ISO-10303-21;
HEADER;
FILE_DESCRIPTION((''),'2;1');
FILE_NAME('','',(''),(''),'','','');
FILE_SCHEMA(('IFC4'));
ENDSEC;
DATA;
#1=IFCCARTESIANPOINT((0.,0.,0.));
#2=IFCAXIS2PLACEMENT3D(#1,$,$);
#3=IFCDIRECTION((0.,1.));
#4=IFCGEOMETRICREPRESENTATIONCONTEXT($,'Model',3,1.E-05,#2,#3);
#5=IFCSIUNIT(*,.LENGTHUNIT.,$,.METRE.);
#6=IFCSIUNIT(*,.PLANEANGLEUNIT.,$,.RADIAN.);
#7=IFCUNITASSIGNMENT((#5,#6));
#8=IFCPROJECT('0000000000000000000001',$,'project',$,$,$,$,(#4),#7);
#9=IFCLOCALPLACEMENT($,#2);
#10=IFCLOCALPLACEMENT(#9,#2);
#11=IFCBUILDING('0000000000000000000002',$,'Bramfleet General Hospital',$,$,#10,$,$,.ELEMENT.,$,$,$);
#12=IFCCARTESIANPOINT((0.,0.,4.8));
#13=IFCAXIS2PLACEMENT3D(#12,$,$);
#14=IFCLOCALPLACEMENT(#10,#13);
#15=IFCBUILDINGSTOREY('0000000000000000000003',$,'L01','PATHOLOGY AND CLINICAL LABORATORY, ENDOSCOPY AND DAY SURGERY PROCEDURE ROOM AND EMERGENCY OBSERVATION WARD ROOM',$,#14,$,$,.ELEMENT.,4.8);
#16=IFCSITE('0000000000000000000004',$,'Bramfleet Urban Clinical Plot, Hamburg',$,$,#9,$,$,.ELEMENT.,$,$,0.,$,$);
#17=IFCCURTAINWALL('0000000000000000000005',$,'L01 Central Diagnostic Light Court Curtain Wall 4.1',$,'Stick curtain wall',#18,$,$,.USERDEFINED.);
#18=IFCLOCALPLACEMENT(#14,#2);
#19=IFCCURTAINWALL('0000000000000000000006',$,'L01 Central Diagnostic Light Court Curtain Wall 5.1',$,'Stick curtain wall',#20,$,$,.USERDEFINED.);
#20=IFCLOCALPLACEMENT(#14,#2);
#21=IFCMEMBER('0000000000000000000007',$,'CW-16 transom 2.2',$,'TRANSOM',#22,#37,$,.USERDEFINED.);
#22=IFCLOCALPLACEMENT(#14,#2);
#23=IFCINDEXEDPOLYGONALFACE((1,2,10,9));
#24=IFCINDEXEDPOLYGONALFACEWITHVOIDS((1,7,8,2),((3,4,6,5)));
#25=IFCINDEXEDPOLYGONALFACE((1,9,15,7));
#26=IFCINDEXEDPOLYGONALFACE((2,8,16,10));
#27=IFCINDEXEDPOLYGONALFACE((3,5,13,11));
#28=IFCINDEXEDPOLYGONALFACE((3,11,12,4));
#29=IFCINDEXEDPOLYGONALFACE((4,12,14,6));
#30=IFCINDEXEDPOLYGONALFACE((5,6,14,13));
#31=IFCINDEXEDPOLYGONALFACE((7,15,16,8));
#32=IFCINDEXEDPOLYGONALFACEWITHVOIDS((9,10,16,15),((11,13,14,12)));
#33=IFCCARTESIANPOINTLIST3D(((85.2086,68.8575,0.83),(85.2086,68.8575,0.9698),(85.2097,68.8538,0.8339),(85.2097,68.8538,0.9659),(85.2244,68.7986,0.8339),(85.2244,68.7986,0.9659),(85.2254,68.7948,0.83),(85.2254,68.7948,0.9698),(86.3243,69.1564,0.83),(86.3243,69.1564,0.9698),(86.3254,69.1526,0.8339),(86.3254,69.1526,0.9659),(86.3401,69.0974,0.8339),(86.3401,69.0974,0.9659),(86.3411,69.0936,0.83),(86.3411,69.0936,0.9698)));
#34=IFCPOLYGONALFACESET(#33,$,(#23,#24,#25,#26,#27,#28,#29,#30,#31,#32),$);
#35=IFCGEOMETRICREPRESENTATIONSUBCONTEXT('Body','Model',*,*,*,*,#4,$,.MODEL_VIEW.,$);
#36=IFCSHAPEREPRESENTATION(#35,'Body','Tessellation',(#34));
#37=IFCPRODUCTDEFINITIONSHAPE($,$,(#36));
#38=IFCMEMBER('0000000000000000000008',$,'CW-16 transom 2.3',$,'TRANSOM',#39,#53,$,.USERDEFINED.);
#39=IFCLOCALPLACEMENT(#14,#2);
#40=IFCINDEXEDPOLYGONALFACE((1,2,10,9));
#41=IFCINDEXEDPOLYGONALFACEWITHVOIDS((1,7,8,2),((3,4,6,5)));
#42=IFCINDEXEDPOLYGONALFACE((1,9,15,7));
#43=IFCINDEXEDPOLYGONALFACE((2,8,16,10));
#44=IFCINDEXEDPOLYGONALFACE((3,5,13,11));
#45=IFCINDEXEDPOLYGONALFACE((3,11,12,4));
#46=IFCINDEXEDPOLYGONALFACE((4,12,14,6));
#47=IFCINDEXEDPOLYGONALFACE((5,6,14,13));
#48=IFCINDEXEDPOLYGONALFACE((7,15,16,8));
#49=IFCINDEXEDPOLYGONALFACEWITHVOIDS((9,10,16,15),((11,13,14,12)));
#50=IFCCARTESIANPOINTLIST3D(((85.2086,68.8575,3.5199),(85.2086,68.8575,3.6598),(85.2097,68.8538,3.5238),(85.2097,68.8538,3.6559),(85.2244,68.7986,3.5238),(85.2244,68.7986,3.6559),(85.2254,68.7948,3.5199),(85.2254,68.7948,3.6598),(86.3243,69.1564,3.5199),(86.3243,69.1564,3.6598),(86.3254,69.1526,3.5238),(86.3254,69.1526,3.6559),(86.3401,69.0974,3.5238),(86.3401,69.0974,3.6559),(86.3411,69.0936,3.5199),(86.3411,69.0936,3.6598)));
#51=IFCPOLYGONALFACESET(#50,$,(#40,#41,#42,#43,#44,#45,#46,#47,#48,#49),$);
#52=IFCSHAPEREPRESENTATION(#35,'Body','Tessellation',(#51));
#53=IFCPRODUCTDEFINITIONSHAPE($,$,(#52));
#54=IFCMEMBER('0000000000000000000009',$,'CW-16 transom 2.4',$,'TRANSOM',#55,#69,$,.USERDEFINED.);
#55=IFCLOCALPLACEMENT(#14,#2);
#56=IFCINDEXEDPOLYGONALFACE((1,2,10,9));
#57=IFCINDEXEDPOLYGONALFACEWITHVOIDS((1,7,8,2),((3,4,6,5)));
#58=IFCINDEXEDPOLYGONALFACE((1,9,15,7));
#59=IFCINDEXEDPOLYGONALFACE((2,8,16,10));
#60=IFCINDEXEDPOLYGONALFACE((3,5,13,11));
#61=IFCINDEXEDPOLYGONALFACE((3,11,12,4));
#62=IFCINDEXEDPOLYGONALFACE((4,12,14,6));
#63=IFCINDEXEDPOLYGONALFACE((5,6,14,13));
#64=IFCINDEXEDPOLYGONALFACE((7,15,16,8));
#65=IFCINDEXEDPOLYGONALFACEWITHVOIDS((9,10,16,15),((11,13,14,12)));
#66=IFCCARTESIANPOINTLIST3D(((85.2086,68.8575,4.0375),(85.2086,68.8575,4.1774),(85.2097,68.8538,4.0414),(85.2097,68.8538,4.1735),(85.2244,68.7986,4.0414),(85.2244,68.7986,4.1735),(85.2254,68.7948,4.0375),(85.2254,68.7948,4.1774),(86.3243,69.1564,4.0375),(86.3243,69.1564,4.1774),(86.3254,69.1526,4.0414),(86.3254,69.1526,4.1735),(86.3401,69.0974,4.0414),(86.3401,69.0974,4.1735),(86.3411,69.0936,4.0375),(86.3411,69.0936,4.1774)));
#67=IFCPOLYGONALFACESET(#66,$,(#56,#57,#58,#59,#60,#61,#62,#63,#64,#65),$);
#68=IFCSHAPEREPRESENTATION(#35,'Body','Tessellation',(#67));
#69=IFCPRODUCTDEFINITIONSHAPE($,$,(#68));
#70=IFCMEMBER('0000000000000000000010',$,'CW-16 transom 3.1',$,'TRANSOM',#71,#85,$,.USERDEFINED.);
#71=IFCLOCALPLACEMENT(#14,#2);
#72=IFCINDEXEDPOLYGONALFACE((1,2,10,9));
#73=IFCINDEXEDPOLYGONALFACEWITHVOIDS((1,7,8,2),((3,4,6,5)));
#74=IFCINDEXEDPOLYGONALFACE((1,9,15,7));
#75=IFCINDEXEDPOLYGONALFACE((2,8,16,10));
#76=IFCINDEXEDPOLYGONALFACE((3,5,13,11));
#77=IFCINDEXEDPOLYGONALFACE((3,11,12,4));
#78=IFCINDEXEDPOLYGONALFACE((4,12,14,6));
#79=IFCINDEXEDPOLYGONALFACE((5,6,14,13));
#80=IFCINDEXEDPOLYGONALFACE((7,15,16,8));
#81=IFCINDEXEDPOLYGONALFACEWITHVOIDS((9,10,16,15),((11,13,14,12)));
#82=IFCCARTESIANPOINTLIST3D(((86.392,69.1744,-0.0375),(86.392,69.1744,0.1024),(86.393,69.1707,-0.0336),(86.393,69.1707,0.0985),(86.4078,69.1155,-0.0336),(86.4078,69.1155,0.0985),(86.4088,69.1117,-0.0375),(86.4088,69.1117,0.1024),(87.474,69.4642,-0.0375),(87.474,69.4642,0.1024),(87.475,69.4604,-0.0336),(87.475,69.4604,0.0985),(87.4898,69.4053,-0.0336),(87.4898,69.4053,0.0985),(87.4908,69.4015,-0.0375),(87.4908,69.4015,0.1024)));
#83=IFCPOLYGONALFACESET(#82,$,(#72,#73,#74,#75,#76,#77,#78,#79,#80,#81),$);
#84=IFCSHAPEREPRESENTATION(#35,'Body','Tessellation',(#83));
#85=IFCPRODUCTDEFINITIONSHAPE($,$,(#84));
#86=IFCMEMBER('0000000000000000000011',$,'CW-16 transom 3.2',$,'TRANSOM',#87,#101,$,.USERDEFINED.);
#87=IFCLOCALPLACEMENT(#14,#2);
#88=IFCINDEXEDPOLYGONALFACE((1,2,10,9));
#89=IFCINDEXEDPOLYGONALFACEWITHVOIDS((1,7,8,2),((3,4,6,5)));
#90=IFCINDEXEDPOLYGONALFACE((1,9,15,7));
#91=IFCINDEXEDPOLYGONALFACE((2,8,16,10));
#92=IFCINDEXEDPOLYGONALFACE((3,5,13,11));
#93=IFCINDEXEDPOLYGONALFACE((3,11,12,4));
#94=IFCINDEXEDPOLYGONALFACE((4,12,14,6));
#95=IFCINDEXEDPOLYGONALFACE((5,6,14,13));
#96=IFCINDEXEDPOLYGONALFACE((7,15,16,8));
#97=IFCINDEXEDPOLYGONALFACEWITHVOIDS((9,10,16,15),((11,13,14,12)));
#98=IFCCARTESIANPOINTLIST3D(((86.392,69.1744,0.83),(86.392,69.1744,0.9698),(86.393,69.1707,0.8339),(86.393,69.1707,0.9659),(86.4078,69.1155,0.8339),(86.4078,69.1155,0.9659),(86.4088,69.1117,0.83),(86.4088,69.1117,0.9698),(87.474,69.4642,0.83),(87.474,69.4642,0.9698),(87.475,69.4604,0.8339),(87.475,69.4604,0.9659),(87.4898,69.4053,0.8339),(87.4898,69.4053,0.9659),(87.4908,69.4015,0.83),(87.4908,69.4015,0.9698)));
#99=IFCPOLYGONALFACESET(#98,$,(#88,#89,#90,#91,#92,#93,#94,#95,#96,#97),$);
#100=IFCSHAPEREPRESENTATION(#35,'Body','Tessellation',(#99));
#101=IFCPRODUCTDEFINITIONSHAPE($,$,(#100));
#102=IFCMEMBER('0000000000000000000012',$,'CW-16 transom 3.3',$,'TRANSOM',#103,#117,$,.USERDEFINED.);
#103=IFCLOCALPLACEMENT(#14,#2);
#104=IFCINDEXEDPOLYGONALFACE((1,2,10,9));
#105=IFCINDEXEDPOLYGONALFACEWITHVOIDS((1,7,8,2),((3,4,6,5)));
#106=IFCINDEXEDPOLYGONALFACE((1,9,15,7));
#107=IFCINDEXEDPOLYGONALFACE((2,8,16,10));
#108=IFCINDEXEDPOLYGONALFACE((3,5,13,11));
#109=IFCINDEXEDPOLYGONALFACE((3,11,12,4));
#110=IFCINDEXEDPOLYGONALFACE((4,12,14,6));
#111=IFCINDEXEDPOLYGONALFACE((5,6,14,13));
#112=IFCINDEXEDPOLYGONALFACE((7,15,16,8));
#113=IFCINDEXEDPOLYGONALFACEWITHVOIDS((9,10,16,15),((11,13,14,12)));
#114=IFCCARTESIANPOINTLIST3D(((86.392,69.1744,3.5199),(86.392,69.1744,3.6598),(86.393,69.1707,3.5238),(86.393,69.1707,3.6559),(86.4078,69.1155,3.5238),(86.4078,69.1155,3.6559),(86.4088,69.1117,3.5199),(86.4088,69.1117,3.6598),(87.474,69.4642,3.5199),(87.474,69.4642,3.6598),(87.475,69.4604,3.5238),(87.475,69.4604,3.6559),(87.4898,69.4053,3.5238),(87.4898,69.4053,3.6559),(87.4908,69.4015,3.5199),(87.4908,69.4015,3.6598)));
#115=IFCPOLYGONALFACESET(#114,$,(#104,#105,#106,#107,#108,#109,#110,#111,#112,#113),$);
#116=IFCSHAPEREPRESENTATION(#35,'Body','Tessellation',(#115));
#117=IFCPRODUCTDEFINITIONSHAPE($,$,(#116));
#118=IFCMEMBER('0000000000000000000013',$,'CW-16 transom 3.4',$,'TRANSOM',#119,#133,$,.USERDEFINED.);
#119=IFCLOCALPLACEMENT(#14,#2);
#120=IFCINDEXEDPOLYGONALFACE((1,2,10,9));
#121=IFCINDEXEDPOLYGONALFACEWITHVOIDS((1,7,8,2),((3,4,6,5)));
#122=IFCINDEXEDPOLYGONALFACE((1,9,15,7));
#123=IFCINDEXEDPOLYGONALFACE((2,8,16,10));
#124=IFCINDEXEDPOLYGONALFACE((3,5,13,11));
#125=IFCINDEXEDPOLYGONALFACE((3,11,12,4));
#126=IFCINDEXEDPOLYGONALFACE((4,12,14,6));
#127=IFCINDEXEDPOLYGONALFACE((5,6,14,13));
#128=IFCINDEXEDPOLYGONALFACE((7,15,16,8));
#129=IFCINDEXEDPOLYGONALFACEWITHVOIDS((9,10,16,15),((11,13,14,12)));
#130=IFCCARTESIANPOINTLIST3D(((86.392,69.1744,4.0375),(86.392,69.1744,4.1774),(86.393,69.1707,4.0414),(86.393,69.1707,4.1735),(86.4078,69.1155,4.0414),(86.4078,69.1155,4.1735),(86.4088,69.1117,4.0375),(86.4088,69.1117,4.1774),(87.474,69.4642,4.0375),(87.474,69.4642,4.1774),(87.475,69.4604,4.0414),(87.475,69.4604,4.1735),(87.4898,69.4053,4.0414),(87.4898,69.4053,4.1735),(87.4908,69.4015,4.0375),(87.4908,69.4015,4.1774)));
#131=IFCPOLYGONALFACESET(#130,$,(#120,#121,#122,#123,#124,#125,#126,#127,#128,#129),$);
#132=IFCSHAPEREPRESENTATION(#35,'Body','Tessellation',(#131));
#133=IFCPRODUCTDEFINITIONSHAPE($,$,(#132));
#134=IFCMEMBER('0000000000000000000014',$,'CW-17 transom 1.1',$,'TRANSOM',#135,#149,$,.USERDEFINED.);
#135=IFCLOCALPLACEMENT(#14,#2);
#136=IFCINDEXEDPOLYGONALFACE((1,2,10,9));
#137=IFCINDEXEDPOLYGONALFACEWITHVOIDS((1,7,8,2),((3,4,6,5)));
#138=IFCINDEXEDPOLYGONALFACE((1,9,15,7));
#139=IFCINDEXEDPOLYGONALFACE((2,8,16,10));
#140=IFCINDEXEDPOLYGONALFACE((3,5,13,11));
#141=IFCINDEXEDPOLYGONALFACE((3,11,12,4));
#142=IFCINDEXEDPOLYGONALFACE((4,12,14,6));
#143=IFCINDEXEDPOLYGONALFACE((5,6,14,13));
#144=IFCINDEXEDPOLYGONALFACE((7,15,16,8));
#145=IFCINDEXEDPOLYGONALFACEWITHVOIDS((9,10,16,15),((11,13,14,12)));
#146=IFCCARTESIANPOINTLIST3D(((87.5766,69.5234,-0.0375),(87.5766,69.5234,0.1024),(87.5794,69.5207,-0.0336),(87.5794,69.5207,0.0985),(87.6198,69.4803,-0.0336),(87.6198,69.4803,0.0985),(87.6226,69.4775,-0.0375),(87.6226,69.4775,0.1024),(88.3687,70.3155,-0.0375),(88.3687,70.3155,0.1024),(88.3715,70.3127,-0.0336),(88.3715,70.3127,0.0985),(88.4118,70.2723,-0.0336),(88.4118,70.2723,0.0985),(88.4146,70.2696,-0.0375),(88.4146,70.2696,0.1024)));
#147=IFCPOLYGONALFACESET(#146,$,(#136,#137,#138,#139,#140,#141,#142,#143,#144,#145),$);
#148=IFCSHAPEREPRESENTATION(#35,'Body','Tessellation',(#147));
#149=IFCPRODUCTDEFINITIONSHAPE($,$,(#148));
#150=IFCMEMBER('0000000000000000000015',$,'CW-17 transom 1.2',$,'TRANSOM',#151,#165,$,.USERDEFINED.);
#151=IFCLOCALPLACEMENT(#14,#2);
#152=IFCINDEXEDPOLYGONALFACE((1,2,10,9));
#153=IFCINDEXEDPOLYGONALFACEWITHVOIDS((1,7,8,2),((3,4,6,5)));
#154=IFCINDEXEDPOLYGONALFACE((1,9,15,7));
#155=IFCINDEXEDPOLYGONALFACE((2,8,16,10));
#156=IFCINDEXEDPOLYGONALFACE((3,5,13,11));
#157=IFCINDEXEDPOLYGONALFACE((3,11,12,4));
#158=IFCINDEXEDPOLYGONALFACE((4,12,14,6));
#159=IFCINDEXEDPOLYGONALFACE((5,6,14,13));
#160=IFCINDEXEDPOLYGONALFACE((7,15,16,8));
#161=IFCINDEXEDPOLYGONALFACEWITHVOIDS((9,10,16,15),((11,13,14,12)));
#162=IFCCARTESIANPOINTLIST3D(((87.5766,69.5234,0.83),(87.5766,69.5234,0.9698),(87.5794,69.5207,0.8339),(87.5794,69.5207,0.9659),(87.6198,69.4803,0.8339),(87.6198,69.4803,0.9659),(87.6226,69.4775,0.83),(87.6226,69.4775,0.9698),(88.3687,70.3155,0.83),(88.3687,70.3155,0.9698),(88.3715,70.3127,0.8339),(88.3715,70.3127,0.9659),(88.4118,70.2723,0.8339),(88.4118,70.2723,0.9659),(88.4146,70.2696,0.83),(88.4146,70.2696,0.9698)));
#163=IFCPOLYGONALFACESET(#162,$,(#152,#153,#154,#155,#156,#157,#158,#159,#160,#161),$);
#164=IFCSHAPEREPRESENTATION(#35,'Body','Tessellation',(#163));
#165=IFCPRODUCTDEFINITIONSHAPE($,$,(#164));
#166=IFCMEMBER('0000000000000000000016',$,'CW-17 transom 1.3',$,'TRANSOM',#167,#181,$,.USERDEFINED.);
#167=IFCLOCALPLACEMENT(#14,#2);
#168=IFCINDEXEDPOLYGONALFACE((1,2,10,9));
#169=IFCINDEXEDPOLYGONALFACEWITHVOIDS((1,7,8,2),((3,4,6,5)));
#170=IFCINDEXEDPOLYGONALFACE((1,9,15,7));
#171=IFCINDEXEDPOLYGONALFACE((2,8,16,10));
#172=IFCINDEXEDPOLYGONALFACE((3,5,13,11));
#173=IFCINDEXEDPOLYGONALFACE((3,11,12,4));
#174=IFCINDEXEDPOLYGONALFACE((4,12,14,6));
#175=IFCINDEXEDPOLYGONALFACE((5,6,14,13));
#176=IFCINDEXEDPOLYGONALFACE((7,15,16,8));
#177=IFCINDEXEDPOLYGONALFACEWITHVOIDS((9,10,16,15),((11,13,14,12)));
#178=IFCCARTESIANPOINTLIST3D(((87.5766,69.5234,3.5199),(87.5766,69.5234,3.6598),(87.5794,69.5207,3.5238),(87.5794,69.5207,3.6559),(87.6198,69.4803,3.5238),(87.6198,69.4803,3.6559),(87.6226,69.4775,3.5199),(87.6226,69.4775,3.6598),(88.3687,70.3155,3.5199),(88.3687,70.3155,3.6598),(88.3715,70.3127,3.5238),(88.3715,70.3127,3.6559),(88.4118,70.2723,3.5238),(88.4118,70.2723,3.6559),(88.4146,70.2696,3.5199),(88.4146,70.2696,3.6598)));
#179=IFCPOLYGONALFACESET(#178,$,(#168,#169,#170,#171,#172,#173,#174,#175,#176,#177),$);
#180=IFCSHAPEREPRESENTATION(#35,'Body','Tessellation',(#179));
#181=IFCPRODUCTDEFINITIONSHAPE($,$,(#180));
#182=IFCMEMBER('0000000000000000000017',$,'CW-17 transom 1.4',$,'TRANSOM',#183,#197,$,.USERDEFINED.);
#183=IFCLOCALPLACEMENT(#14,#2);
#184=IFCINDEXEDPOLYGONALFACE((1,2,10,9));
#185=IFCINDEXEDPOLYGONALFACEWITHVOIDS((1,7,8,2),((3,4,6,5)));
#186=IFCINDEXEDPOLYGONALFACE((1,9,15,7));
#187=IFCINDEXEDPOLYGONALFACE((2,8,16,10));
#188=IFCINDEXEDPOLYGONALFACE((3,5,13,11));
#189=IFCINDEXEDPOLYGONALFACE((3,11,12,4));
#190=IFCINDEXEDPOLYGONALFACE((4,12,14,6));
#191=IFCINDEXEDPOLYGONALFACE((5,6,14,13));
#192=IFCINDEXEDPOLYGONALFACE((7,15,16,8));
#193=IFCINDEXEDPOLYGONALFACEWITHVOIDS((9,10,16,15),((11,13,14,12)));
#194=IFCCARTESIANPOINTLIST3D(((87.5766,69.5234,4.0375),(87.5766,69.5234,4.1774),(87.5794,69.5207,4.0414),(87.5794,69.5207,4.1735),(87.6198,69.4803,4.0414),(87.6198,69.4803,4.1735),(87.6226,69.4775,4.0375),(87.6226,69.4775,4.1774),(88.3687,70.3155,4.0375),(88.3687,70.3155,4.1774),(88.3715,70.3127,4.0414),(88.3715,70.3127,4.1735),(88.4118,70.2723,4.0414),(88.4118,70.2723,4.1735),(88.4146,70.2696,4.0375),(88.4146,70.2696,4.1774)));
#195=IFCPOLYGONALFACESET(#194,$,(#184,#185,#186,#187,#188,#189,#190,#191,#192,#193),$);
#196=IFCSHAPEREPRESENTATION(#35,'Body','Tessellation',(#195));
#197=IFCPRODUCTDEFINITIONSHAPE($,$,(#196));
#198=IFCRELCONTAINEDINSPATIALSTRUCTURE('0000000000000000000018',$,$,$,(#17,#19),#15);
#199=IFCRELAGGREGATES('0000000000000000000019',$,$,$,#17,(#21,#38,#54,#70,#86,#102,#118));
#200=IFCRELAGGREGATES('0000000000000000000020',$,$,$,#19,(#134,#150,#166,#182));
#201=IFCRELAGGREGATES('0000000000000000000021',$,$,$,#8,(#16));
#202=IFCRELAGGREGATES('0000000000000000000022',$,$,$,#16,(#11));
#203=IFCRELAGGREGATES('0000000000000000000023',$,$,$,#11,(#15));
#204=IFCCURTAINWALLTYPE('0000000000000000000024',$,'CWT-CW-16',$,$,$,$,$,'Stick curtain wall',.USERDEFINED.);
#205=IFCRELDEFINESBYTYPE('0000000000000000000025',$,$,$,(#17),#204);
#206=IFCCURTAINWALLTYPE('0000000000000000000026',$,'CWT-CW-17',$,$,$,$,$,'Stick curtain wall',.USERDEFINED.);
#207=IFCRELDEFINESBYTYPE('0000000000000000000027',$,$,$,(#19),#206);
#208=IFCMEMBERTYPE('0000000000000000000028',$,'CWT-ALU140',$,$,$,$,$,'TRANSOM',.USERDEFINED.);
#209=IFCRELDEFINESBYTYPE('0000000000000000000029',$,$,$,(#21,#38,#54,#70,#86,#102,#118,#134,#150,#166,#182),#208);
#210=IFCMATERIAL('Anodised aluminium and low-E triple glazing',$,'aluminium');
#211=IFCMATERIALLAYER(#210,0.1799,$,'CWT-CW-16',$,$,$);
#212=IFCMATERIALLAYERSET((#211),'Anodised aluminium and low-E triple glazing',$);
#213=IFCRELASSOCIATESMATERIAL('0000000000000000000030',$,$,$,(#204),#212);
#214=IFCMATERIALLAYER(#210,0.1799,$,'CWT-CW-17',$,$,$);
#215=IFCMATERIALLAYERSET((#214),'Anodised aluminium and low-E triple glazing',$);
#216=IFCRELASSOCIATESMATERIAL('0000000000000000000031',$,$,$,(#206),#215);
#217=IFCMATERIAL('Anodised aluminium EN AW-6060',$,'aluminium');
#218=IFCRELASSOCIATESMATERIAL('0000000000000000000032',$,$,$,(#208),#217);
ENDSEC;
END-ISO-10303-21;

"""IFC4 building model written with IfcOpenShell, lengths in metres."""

from ifc_helpers import new_model, si_unit, direction, frame, origin, origin_2d, place, context, subcontext, project, spatial, hollow_rectangle, extrude, material, layer, layer_set, material_profile, profile_set, type_object, element, aggregate, save


model = new_model("IFC4")

# Units and contexts
model_context = context("Model", 3, precision=1e-05, world=origin(), true_north=direction((0.0, 1.0)))
body_context = subcontext(model_context, "Body", "Model", "MODEL_VIEW")
ifc_project = project(units=[si_unit("LENGTHUNIT", "METRE"), si_unit("PLANEANGLEUNIT", "RADIAN")], contexts=[model_context])

# Site, building, storey
site_placement = place(None, origin())
site = spatial("IfcSite", under=ifc_project, at=site_placement, Name="Bramfleet Urban Clinical Plot, Hamburg", CompositionType="ELEMENT", RefElevation=0.0)
building_placement = place(site_placement, origin())
building = spatial("IfcBuilding", under=site, at=building_placement, Name="Bramfleet General Hospital", CompositionType="ELEMENT")
storey_placement = place(building_placement, frame((0.0, 0.0, 4.8)))
storey = spatial("IfcBuildingStorey", under=building, at=storey_placement, Name="L01", Description="PATHOLOGY AND CLINICAL LABORATORY, ENDOSCOPY AND DAY SURGERY PROCEDURE ROOM AND EMERGENCY OBSERVATION WARD ROOM", CompositionType="ELEMENT", Elevation=4.8)

# Curtain wall
ifc_material_1 = material(Name="Anodised aluminium and low-E triple glazing", Category="aluminium")
ifc_layer_1 = layer(ifc_material_1, 0.1799, Name="CWT-CW-16")
ifc_layer_set_1 = layer_set([ifc_layer_1], Name="Anodised aluminium and low-E triple glazing")
curtain_wall_type_1 = type_object("IfcCurtainWallType", Name="CWT-CW-16", ElementType="Stick curtain wall", PredefinedType="USERDEFINED", material=ifc_layer_set_1)
curtain_wall_1_placement = place(storey_placement, origin())
curtain_wall_1 = element("IfcCurtainWall", 1, at=curtain_wall_1_placement, inside=storey, type_object=curtain_wall_type_1, Name="L01 Central Diagnostic Light Court Curtain Wall 4.1", ObjectType="Stick curtain wall", PredefinedType="USERDEFINED")
ifc_material_2 = material(Name="Anodised aluminium EN AW-6060", Category="aluminium")

# Curtain wall
ifc_layer_2 = layer(ifc_material_1, 0.1799, Name="CWT-CW-17")
ifc_layer_set_2 = layer_set([ifc_layer_2], Name="Anodised aluminium and low-E triple glazing")
curtain_wall_type_2 = type_object("IfcCurtainWallType", Name="CWT-CW-17", ElementType="Stick curtain wall", PredefinedType="USERDEFINED", material=ifc_layer_set_2)
curtain_wall_2_placement = place(storey_placement, origin())
curtain_wall_2 = element("IfcCurtainWall", 2, at=curtain_wall_2_placement, inside=storey, type_object=curtain_wall_type_2, Name="L01 Central Diagnostic Light Court Curtain Wall 5.1", ObjectType="Stick curtain wall", PredefinedType="USERDEFINED")

# Members
ifc_material_profile_1 = material_profile(ifc_material_2, hollow_rectangle(XDim=0.0649, YDim=0.1399, WallThickness=0.0039, at=origin_2d()), Name="ALU 140x65x4.0")
ifc_profile_set_1 = profile_set([ifc_material_profile_1], Name="Anodised aluminium EN AW-6060")
member_type_1 = type_object("IfcMemberType", Name="CWT-ALU140", ElementType="TRANSOM", PredefinedType="USERDEFINED", material=ifc_profile_set_1)
member_1_placement = place(storey_placement, frame((85.217, 68.8262, 0.8999), z_axis=(0.965954, 0.258715, 0.0), x_axis=(-0.258715, 0.965954, 0.0)))
member_1 = element("IfcMember", 3, at=member_1_placement, type_object=member_type_1, Name="CW-16 transom 2.2", ObjectType="TRANSOM", PredefinedType="USERDEFINED", context=body_context, shape_type="SweptSolid", body=[
    extrude(hollow_rectangle(XDim=0.0649, YDim=0.1399, WallThickness=0.0039, at=origin_2d()), origin(), (0.0, 0.0, 1.0), 1.155),
])
member_2_placement = place(storey_placement, frame((85.217, 68.8262, 3.5898), z_axis=(0.965954, 0.258715, 0.0), x_axis=(-0.258715, 0.965954, 0.0)))
member_2 = element("IfcMember", 4, at=member_2_placement, type_object=member_type_1, Name="CW-16 transom 2.3", ObjectType="TRANSOM", PredefinedType="USERDEFINED", context=body_context, shape_type="SweptSolid", body=[
    extrude(hollow_rectangle(XDim=0.0649, YDim=0.1399, WallThickness=0.0039, at=origin_2d()), origin(), (0.0, 0.0, 1.0), 1.155),
])
member_3_placement = place(storey_placement, frame((85.217, 68.8262, 4.1074), z_axis=(0.965954, 0.258715, 0.0), x_axis=(-0.258715, 0.965954, 0.0)))
member_3 = element("IfcMember", 5, at=member_3_placement, type_object=member_type_1, Name="CW-16 transom 2.4", ObjectType="TRANSOM", PredefinedType="USERDEFINED", context=body_context, shape_type="SweptSolid", body=[
    extrude(hollow_rectangle(XDim=0.0649, YDim=0.1399, WallThickness=0.0039, at=origin_2d()), origin(), (0.0, 0.0, 1.0), 1.155),
])
member_4_placement = place(storey_placement, frame((86.4004, 69.1431, 0.0325), z_axis=(0.965956, 0.258707, 0.0), x_axis=(-0.258707, 0.965956, 0.0)))
member_4 = element("IfcMember", 6, at=member_4_placement, type_object=member_type_1, Name="CW-16 transom 3.1", ObjectType="TRANSOM", PredefinedType="USERDEFINED", context=body_context, shape_type="SweptSolid", body=[
    extrude(hollow_rectangle(XDim=0.0649, YDim=0.1399, WallThickness=0.0039, at=origin_2d()), origin(), (0.0, 0.0, 1.0), 1.1201),
])
member_5_placement = place(storey_placement, frame((86.4004, 69.1431, 0.8999), z_axis=(0.965956, 0.258707, 0.0), x_axis=(-0.258707, 0.965956, 0.0)))
member_5 = element("IfcMember", 7, at=member_5_placement, type_object=member_type_1, Name="CW-16 transom 3.2", ObjectType="TRANSOM", PredefinedType="USERDEFINED", context=body_context, shape_type="SweptSolid", body=[
    extrude(hollow_rectangle(XDim=0.0649, YDim=0.1399, WallThickness=0.0039, at=origin_2d()), origin(), (0.0, 0.0, 1.0), 1.1201),
])
member_6_placement = place(storey_placement, frame((86.4004, 69.1431, 3.5898), z_axis=(0.965956, 0.258707, 0.0), x_axis=(-0.258707, 0.965956, 0.0)))
member_6 = element("IfcMember", 8, at=member_6_placement, type_object=member_type_1, Name="CW-16 transom 3.3", ObjectType="TRANSOM", PredefinedType="USERDEFINED", context=body_context, shape_type="SweptSolid", body=[
    extrude(hollow_rectangle(XDim=0.0649, YDim=0.1399, WallThickness=0.0039, at=origin_2d()), origin(), (0.0, 0.0, 1.0), 1.1201),
])
member_7_placement = place(storey_placement, frame((86.4004, 69.1431, 4.1074), z_axis=(0.965956, 0.258707, 0.0), x_axis=(-0.258707, 0.965956, 0.0)))
member_7 = element("IfcMember", 9, at=member_7_placement, type_object=member_type_1, Name="CW-16 transom 3.4", ObjectType="TRANSOM", PredefinedType="USERDEFINED", context=body_context, shape_type="SweptSolid", body=[
    extrude(hollow_rectangle(XDim=0.0649, YDim=0.1399, WallThickness=0.0039, at=origin_2d()), origin(), (0.0, 0.0, 1.0), 1.1201),
])
member_8_placement = place(storey_placement, frame((87.5996, 69.5005, 0.0325), z_axis=(0.707107, 0.707107, 0.0), x_axis=(-0.707107, 0.707107, 0.0)))
member_8 = element("IfcMember", 10, at=member_8_placement, type_object=member_type_1, Name="CW-17 transom 1.1", ObjectType="TRANSOM", PredefinedType="USERDEFINED", context=body_context, shape_type="SweptSolid", body=[
    extrude(hollow_rectangle(XDim=0.0649, YDim=0.1399, WallThickness=0.0039, at=origin_2d()), origin(), (0.0, 0.0, 1.0), 1.1201),
])
member_9_placement = place(storey_placement, frame((87.5996, 69.5005, 0.8999), z_axis=(0.707107, 0.707107, 0.0), x_axis=(-0.707107, 0.707107, 0.0)))
member_9 = element("IfcMember", 11, at=member_9_placement, type_object=member_type_1, Name="CW-17 transom 1.2", ObjectType="TRANSOM", PredefinedType="USERDEFINED", context=body_context, shape_type="SweptSolid", body=[
    extrude(hollow_rectangle(XDim=0.0649, YDim=0.1399, WallThickness=0.0039, at=origin_2d()), origin(), (0.0, 0.0, 1.0), 1.1201),
])
member_10_placement = place(storey_placement, frame((87.5996, 69.5005, 3.5898), z_axis=(0.707107, 0.707107, 0.0), x_axis=(-0.707107, 0.707107, 0.0)))
member_10 = element("IfcMember", 12, at=member_10_placement, type_object=member_type_1, Name="CW-17 transom 1.3", ObjectType="TRANSOM", PredefinedType="USERDEFINED", context=body_context, shape_type="SweptSolid", body=[
    extrude(hollow_rectangle(XDim=0.0649, YDim=0.1399, WallThickness=0.0039, at=origin_2d()), origin(), (0.0, 0.0, 1.0), 1.1201),
])
member_11_placement = place(storey_placement, frame((87.5996, 69.5005, 4.1074), z_axis=(0.707107, 0.707107, 0.0), x_axis=(-0.707107, 0.707107, 0.0)))
member_11 = element("IfcMember", 13, at=member_11_placement, type_object=member_type_1, Name="CW-17 transom 1.4", ObjectType="TRANSOM", PredefinedType="USERDEFINED", context=body_context, shape_type="SweptSolid", body=[
    extrude(hollow_rectangle(XDim=0.0649, YDim=0.1399, WallThickness=0.0039, at=origin_2d()), origin(), (0.0, 0.0, 1.0), 1.1201),
])

aggregate(curtain_wall_1, [member_1, member_2, member_3, member_4, member_5, member_6, member_7])
aggregate(curtain_wall_2, [member_8, member_9, member_10, member_11])

save(model, "model.ifc")
